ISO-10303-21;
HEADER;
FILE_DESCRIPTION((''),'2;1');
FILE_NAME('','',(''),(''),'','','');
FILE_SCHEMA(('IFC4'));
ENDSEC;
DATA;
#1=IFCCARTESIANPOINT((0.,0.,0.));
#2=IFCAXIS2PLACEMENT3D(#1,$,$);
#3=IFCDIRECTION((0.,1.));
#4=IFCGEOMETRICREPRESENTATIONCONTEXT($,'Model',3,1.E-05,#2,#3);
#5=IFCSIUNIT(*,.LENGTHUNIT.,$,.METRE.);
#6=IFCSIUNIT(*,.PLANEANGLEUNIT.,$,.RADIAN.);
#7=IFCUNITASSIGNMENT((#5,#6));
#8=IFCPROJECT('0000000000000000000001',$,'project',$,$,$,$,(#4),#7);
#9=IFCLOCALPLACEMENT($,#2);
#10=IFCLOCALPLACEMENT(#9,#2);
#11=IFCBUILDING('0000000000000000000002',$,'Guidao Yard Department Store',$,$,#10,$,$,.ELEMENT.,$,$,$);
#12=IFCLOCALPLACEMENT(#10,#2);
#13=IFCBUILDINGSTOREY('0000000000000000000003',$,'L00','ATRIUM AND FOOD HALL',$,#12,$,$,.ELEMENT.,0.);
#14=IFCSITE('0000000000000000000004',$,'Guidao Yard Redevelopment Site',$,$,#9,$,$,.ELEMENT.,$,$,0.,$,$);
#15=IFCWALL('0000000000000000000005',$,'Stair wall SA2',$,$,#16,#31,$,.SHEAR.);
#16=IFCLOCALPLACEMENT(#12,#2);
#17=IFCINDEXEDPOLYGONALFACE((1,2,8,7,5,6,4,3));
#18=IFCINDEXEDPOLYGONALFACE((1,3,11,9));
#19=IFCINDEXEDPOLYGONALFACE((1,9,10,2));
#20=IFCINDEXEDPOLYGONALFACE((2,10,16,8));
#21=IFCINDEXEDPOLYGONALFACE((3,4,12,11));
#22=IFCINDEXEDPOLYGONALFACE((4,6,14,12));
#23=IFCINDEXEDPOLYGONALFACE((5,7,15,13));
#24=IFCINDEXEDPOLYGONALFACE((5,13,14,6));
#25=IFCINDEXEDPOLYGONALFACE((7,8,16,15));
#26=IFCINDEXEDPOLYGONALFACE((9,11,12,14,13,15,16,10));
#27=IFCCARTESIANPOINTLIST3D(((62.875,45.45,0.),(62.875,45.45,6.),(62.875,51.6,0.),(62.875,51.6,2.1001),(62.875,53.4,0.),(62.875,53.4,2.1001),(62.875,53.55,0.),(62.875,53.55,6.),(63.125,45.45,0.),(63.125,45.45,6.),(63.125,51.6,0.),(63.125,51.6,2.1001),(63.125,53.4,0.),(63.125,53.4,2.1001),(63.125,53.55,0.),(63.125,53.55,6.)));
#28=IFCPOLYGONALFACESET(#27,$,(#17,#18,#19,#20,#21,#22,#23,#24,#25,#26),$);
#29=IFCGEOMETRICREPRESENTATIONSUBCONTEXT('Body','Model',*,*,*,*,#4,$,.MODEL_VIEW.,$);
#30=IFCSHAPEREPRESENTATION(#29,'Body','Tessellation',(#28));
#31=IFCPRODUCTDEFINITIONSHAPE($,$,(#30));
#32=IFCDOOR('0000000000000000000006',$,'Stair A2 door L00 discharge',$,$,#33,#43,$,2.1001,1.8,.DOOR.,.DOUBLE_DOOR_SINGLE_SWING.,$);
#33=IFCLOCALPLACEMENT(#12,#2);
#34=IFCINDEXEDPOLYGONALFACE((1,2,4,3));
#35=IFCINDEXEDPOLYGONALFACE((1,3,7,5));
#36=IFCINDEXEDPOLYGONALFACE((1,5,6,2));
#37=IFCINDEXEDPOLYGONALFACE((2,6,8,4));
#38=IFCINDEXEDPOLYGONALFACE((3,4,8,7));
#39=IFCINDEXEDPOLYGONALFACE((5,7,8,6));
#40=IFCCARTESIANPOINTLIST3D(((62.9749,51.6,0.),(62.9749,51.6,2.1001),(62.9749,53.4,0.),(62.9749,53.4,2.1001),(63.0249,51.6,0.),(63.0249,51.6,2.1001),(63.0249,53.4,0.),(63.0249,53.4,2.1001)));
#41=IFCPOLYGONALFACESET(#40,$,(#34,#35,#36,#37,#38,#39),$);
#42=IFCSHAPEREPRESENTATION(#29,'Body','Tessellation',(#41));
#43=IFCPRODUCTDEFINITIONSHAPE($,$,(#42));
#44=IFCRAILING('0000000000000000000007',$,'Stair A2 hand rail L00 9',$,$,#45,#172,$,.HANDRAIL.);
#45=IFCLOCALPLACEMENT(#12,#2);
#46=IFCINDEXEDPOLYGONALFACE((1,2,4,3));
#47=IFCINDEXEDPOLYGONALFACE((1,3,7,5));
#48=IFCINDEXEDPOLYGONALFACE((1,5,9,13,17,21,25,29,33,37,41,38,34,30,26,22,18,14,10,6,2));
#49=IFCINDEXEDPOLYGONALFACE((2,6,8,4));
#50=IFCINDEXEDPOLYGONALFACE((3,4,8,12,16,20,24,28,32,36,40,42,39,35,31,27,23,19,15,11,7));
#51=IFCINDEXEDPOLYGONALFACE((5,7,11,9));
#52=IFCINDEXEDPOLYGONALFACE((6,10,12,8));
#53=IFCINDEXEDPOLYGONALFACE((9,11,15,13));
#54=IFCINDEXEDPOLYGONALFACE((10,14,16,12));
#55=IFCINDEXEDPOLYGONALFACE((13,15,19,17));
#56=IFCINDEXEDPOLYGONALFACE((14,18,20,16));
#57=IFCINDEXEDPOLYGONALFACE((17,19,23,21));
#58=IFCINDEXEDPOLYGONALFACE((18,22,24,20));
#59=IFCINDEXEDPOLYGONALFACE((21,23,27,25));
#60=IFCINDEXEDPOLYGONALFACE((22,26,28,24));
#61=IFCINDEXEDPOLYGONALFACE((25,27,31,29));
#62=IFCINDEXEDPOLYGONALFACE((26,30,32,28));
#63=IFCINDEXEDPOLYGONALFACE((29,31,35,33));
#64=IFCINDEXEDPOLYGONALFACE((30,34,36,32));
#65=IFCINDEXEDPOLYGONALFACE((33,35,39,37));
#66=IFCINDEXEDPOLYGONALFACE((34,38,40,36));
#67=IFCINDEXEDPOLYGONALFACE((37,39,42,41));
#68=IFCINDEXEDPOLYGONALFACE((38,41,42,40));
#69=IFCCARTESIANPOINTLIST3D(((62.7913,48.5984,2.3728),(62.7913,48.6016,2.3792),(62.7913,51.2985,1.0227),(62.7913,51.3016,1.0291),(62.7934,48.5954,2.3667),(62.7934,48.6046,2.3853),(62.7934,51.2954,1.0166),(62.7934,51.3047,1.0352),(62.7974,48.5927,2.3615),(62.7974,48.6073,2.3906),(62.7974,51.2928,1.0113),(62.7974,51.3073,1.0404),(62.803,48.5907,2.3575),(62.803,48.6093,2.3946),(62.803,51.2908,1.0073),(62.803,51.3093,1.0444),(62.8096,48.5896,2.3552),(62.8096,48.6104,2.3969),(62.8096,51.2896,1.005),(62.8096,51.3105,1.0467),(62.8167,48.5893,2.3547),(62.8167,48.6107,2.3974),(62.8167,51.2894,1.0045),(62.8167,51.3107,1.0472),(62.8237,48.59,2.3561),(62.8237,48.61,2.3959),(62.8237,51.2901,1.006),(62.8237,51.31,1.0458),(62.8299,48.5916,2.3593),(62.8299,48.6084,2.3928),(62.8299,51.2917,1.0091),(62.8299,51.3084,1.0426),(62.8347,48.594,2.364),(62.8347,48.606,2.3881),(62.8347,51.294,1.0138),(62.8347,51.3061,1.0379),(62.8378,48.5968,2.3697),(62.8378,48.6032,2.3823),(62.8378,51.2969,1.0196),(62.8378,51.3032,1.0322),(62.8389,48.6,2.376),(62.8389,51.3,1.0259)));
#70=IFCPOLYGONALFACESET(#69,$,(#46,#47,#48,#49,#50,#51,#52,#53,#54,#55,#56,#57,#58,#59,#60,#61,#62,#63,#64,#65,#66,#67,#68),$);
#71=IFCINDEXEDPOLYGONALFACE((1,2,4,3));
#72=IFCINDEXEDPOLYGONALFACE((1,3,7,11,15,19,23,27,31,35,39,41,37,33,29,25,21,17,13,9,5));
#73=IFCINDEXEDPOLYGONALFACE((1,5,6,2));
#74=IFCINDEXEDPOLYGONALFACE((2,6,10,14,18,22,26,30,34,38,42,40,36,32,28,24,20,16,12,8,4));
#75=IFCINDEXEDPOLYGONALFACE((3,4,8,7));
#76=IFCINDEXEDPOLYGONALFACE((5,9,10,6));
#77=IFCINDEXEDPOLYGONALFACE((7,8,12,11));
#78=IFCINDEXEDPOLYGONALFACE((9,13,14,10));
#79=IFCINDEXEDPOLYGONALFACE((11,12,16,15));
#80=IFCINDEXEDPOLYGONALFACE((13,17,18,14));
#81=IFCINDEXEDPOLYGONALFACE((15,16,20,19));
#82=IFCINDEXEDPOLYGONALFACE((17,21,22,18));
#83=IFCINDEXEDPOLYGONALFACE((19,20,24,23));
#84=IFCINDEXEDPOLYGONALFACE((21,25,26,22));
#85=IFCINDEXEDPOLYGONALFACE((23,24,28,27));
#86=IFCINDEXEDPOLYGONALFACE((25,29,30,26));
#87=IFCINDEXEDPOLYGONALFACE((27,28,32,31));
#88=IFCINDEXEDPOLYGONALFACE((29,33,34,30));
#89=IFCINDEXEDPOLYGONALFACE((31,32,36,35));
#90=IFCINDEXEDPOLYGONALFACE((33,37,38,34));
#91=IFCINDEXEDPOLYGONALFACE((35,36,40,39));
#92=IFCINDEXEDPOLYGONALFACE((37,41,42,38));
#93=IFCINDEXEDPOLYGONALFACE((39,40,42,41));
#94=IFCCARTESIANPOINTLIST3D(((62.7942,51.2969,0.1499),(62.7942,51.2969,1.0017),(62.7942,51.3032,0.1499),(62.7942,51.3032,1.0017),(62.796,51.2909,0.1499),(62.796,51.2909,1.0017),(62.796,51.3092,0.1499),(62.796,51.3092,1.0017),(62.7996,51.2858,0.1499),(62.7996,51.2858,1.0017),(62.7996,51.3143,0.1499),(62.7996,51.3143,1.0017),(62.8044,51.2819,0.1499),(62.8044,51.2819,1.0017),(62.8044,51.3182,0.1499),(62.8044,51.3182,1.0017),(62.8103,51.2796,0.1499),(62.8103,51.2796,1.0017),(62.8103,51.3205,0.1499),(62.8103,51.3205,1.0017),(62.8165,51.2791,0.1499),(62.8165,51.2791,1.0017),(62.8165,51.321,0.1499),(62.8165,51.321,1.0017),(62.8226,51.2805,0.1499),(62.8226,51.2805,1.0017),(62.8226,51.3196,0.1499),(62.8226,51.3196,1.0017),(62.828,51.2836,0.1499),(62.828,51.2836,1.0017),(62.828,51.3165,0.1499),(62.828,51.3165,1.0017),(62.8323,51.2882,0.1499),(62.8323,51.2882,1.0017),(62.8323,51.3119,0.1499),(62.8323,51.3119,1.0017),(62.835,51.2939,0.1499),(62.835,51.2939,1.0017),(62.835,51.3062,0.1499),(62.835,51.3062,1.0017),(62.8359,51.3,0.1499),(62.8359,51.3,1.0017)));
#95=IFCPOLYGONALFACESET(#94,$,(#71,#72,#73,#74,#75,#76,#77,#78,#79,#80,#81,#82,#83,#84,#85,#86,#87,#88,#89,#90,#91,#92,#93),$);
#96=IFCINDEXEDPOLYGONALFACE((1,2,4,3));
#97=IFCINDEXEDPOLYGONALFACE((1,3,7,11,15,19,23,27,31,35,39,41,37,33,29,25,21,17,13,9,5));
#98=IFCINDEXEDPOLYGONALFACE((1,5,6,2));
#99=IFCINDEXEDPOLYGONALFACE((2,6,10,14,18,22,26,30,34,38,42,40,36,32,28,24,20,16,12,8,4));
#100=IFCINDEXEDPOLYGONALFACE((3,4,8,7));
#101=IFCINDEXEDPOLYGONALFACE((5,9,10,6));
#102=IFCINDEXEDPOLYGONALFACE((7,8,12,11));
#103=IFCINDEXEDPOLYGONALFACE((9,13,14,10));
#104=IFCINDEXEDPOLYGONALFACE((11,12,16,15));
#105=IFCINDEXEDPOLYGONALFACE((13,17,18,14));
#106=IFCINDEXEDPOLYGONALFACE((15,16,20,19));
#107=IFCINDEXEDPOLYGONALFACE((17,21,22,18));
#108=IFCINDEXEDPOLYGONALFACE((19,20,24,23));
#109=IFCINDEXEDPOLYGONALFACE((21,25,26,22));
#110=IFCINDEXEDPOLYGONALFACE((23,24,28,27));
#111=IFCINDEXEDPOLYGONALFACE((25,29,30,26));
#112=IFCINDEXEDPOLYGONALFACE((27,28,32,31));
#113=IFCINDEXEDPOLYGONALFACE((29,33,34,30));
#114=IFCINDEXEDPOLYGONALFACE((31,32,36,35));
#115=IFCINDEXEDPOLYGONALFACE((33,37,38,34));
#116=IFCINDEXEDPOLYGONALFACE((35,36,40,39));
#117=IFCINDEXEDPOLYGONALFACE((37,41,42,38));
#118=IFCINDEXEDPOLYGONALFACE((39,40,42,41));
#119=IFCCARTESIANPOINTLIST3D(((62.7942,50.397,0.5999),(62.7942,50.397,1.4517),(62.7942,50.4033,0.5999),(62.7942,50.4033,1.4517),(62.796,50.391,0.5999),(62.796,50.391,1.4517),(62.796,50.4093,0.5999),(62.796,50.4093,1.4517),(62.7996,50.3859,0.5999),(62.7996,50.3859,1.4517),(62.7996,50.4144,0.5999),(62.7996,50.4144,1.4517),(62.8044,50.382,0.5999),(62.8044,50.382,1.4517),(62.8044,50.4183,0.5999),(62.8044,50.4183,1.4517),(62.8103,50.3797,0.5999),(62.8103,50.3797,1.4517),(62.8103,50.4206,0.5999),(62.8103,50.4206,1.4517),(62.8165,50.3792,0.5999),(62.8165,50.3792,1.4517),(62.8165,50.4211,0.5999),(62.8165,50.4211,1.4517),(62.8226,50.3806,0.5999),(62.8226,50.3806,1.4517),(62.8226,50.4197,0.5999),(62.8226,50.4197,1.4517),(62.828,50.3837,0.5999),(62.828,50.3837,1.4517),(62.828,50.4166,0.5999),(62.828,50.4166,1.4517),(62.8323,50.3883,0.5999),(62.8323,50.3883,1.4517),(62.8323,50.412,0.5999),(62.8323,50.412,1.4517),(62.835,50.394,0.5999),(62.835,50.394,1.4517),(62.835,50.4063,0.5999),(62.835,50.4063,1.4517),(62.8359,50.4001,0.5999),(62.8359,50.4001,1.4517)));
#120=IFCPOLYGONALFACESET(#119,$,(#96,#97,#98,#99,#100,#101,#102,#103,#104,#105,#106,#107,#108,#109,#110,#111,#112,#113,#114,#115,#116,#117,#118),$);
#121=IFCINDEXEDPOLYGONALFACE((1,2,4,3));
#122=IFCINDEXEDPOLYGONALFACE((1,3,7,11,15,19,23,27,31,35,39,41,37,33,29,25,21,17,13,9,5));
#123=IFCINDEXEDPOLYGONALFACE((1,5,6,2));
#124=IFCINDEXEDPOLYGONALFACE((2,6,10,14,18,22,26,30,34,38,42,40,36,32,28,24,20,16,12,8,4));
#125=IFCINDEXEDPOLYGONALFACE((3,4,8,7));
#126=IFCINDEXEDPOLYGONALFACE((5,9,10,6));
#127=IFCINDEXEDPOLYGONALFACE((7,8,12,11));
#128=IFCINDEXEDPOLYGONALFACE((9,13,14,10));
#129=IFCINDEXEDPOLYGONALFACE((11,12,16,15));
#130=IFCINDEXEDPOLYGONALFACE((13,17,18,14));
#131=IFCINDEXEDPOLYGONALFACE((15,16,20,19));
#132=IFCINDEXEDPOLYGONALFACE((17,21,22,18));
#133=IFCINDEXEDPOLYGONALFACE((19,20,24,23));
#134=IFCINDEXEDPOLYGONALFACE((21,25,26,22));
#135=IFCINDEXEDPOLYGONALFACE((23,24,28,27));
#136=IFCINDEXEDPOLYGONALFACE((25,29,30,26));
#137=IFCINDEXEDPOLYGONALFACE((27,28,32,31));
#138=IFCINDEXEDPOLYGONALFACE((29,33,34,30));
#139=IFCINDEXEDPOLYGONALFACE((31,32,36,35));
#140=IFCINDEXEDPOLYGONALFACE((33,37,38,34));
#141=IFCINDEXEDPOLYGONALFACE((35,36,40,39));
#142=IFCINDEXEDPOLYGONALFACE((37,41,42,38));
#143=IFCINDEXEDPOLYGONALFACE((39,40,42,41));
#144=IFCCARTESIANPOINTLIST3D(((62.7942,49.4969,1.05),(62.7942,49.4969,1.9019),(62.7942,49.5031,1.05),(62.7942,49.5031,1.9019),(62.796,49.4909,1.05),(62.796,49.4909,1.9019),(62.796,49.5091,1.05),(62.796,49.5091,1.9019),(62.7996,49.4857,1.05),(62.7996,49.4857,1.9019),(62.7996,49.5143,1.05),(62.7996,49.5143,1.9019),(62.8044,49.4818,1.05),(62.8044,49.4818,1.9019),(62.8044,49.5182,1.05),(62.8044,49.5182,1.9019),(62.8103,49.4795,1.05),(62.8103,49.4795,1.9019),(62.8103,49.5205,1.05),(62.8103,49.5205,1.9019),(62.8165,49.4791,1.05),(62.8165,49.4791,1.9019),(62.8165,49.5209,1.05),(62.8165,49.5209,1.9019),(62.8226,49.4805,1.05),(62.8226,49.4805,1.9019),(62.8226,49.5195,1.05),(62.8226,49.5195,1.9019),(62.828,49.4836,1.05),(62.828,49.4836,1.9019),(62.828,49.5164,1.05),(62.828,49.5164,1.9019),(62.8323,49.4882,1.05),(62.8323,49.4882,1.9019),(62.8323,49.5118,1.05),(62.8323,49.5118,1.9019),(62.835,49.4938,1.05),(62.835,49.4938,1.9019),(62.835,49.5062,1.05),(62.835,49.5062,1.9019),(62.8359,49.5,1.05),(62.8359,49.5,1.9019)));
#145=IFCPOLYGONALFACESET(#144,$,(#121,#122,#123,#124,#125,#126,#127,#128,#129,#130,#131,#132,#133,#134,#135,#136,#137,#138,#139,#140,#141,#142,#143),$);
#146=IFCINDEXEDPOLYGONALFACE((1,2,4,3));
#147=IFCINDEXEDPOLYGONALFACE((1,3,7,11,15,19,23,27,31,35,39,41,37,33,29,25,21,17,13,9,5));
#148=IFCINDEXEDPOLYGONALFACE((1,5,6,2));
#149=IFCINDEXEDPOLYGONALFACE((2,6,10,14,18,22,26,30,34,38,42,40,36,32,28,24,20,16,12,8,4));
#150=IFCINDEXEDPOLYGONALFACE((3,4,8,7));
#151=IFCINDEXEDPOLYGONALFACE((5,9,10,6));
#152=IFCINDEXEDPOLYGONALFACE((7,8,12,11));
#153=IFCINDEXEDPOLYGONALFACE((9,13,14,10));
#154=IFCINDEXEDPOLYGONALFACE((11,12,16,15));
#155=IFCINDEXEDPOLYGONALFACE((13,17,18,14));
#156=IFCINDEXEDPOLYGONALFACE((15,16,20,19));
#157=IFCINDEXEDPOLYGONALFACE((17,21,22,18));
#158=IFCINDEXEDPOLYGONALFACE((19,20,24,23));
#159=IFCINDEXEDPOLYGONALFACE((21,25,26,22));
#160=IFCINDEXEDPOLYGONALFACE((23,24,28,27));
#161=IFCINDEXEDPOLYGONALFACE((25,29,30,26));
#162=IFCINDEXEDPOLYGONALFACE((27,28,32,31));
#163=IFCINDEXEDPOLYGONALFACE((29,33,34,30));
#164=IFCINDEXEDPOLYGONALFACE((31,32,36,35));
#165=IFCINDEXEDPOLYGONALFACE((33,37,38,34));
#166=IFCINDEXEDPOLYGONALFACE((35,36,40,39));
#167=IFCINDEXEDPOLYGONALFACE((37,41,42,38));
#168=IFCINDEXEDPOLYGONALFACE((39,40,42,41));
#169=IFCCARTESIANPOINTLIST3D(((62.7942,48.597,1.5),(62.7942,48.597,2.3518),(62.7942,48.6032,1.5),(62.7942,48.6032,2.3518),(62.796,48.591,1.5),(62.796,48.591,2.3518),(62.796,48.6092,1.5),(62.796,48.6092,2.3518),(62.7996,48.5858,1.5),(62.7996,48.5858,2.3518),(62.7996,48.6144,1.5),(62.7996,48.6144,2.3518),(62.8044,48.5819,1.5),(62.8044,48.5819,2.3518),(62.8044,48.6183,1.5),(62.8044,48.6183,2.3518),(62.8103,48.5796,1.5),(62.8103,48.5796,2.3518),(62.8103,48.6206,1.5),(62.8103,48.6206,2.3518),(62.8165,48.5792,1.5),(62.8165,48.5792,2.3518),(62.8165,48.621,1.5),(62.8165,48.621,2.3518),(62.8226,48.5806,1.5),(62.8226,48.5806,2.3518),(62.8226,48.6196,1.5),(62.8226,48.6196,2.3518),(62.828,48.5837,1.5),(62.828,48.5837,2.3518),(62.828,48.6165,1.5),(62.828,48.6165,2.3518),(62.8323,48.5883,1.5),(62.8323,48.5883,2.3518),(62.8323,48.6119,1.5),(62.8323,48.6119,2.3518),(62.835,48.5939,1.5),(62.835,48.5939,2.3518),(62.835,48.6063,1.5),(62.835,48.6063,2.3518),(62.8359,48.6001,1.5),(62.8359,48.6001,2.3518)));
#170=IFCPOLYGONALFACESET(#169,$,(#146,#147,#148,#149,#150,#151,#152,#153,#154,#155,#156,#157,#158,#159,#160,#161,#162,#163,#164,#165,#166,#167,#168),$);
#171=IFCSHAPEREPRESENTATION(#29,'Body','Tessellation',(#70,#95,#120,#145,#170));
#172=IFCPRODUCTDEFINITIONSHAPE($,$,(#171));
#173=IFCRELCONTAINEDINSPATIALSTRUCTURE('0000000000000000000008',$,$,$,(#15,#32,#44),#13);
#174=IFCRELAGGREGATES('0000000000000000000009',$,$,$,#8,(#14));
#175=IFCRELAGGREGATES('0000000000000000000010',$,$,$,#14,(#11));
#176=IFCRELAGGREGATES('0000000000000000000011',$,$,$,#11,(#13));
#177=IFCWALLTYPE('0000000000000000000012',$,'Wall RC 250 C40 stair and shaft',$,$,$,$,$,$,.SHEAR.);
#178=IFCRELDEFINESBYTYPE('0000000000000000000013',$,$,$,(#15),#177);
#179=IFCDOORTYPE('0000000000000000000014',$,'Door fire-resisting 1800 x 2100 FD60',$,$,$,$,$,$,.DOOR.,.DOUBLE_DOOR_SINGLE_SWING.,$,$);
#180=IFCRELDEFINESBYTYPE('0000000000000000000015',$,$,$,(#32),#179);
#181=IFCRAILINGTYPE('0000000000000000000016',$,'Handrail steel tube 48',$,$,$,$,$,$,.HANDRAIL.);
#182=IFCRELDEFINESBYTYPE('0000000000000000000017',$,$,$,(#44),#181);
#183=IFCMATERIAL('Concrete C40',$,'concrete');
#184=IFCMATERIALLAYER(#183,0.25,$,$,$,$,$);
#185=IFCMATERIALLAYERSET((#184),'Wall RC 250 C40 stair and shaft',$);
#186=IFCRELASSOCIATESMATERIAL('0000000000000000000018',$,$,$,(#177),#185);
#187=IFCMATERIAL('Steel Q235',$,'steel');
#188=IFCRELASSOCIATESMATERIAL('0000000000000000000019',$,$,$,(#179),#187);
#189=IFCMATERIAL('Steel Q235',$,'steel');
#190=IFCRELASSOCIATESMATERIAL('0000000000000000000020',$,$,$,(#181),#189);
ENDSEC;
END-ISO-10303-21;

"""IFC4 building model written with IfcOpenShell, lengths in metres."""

from ifc_helpers import new_model, si_unit, direction, frame, frame_2d, origin, origin_2d, place, context, subcontext, project, spatial, rectangle, circle, extrude, material, layer, layer_set, type_object, element, fill, save


model = new_model("IFC4")

# Units and contexts
model_context = context("Model", 3, precision=1e-05, world=origin(), true_north=direction((0.0, 1.0)))
body_context = subcontext(model_context, "Body", "Model", "MODEL_VIEW")
ifc_project = project(units=[si_unit("LENGTHUNIT", "METRE"), si_unit("PLANEANGLEUNIT", "RADIAN")], contexts=[model_context])

# Site, building, storey
site_placement = place(None, origin())
site = spatial("IfcSite", under=ifc_project, at=site_placement, Name="Guidao Yard Redevelopment Site", CompositionType="ELEMENT", RefElevation=0.0)
building_placement = place(site_placement, origin())
building = spatial("IfcBuilding", under=site, at=building_placement, Name="Guidao Yard Department Store", CompositionType="ELEMENT")
storey_placement = place(building_placement, origin())
storey = spatial("IfcBuildingStorey", under=building, at=storey_placement, Name="L00", Description="ATRIUM AND FOOD HALL", CompositionType="ELEMENT", Elevation=0.0)

# Shared definitions
ifc_material_1 = material(Name="Concrete C40", Category="concrete")
ifc_layer_1 = layer(ifc_material_1, 0.25)
ifc_layer_set_1 = layer_set([ifc_layer_1], Name="Wall RC 250 C40 stair and shaft")
wall_type = type_object("IfcWallType", Name="Wall RC 250 C40 stair and shaft", PredefinedType="SHEAR", material=ifc_layer_set_1)

# Wall, opening, door
wall_1_placement = place(storey_placement, frame((63.0, 45.45, 0.0), z_axis=(0.0, 0.0, 1.0), x_axis=(0.0, 1.0, 0.0)))
wall_1 = element("IfcWall", 1, at=wall_1_placement, inside=storey, type_object=wall_type, Name="Stair wall SA2", PredefinedType="SHEAR", context=body_context, shape_type="SweptSolid", body=[
    extrude(rectangle(XDim=8.1001, YDim=0.25, at=frame_2d((4.05, 0.0))), origin(), (0.0, 0.0, 1.0), 6.0),
])
opening_placement = place(wall_1_placement, frame((7.95, 0.0, 0.0), z_axis=(0.0, 0.0, 1.0), x_axis=(-1.0, 0.0, 0.0)))
opening = element("IfcOpeningElement", 2, at=opening_placement, cuts=wall_1, PredefinedType="OPENING", context=body_context, shape_type="SweptSolid", body=[
    extrude(rectangle(XDim=1.8, YDim=2.1001, at=frame_2d((0.8999, 1.05))), frame((0.0, 0.135, 0.0), z_axis=(0.0, -1.0, 0.0), x_axis=(1.0, 0.0, 0.0)), (0.0, 0.0, 1.0), 0.27),
])
ifc_material_2 = material(Name="Steel Q235", Category="steel")
door_type = type_object("IfcDoorType", Name="Door fire-resisting 1800 x 2100 FD60", OperationType="DOUBLE_DOOR_SINGLE_SWING", PredefinedType="DOOR", material=ifc_material_2)
door_placement = place(opening_placement, origin())
door = element("IfcDoor", 3, at=door_placement, inside=storey, type_object=door_type, Name="Stair A2 door L00 discharge", OperationType="DOUBLE_DOOR_SINGLE_SWING", OverallHeight=2.1001, OverallWidth=1.8, PredefinedType="DOOR", context=body_context, shape_type="SweptSolid", body=[
    extrude(rectangle(XDim=1.8, YDim=2.1001, at=frame_2d((0.8999, 1.05))), frame((0.0, 0.0249, 0.0), z_axis=(0.0, -1.0, 0.0), x_axis=(1.0, 0.0, 0.0)), (0.0, 0.0, 1.0), 0.05),
])
fill(opening, door)

# Railing
ifc_material_3 = material(Name="Steel Q235", Category="steel")
railing_type = type_object("IfcRailingType", Name="Handrail steel tube 48", PredefinedType="HANDRAIL", material=ifc_material_3)
for number, where, name in (
    (4, (62.8149, 51.3, 0.1499), "Stair A2 hand rail L00 9"),
):
    element("IfcRailing", number, at=place(storey_placement, frame(where)), inside=storey, type_object=railing_type, Name=name, PredefinedType="HANDRAIL", context=body_context, shape_type="SweptSolid", body=[
        extrude(circle(Radius=0.0239, at=origin_2d()), frame((0.0, 0.0, 0.876), z_axis=(0.0, -0.894411, 0.447246), x_axis=(1.0, 0.0, 0.0)), (0.0, 0.0, 1.0), 3.0188),
        extrude(circle(Radius=0.021, at=origin_2d()), origin(), (0.0, 0.0, 1.0), 0.8518),
        extrude(circle(Radius=0.021, at=origin_2d()), frame((0.0, -0.8999, 0.45)), (0.0, 0.0, 1.0), 0.8518),
        extrude(circle(Radius=0.021, at=origin_2d()), frame((0.0, -1.8, 0.9001)), (0.0, 0.0, 1.0), 0.8518),
        extrude(circle(Radius=0.021, at=origin_2d()), frame((0.0, -2.7, 1.3501)), (0.0, 0.0, 1.0), 0.8518),
    ])

save(model, "model.ifc")
